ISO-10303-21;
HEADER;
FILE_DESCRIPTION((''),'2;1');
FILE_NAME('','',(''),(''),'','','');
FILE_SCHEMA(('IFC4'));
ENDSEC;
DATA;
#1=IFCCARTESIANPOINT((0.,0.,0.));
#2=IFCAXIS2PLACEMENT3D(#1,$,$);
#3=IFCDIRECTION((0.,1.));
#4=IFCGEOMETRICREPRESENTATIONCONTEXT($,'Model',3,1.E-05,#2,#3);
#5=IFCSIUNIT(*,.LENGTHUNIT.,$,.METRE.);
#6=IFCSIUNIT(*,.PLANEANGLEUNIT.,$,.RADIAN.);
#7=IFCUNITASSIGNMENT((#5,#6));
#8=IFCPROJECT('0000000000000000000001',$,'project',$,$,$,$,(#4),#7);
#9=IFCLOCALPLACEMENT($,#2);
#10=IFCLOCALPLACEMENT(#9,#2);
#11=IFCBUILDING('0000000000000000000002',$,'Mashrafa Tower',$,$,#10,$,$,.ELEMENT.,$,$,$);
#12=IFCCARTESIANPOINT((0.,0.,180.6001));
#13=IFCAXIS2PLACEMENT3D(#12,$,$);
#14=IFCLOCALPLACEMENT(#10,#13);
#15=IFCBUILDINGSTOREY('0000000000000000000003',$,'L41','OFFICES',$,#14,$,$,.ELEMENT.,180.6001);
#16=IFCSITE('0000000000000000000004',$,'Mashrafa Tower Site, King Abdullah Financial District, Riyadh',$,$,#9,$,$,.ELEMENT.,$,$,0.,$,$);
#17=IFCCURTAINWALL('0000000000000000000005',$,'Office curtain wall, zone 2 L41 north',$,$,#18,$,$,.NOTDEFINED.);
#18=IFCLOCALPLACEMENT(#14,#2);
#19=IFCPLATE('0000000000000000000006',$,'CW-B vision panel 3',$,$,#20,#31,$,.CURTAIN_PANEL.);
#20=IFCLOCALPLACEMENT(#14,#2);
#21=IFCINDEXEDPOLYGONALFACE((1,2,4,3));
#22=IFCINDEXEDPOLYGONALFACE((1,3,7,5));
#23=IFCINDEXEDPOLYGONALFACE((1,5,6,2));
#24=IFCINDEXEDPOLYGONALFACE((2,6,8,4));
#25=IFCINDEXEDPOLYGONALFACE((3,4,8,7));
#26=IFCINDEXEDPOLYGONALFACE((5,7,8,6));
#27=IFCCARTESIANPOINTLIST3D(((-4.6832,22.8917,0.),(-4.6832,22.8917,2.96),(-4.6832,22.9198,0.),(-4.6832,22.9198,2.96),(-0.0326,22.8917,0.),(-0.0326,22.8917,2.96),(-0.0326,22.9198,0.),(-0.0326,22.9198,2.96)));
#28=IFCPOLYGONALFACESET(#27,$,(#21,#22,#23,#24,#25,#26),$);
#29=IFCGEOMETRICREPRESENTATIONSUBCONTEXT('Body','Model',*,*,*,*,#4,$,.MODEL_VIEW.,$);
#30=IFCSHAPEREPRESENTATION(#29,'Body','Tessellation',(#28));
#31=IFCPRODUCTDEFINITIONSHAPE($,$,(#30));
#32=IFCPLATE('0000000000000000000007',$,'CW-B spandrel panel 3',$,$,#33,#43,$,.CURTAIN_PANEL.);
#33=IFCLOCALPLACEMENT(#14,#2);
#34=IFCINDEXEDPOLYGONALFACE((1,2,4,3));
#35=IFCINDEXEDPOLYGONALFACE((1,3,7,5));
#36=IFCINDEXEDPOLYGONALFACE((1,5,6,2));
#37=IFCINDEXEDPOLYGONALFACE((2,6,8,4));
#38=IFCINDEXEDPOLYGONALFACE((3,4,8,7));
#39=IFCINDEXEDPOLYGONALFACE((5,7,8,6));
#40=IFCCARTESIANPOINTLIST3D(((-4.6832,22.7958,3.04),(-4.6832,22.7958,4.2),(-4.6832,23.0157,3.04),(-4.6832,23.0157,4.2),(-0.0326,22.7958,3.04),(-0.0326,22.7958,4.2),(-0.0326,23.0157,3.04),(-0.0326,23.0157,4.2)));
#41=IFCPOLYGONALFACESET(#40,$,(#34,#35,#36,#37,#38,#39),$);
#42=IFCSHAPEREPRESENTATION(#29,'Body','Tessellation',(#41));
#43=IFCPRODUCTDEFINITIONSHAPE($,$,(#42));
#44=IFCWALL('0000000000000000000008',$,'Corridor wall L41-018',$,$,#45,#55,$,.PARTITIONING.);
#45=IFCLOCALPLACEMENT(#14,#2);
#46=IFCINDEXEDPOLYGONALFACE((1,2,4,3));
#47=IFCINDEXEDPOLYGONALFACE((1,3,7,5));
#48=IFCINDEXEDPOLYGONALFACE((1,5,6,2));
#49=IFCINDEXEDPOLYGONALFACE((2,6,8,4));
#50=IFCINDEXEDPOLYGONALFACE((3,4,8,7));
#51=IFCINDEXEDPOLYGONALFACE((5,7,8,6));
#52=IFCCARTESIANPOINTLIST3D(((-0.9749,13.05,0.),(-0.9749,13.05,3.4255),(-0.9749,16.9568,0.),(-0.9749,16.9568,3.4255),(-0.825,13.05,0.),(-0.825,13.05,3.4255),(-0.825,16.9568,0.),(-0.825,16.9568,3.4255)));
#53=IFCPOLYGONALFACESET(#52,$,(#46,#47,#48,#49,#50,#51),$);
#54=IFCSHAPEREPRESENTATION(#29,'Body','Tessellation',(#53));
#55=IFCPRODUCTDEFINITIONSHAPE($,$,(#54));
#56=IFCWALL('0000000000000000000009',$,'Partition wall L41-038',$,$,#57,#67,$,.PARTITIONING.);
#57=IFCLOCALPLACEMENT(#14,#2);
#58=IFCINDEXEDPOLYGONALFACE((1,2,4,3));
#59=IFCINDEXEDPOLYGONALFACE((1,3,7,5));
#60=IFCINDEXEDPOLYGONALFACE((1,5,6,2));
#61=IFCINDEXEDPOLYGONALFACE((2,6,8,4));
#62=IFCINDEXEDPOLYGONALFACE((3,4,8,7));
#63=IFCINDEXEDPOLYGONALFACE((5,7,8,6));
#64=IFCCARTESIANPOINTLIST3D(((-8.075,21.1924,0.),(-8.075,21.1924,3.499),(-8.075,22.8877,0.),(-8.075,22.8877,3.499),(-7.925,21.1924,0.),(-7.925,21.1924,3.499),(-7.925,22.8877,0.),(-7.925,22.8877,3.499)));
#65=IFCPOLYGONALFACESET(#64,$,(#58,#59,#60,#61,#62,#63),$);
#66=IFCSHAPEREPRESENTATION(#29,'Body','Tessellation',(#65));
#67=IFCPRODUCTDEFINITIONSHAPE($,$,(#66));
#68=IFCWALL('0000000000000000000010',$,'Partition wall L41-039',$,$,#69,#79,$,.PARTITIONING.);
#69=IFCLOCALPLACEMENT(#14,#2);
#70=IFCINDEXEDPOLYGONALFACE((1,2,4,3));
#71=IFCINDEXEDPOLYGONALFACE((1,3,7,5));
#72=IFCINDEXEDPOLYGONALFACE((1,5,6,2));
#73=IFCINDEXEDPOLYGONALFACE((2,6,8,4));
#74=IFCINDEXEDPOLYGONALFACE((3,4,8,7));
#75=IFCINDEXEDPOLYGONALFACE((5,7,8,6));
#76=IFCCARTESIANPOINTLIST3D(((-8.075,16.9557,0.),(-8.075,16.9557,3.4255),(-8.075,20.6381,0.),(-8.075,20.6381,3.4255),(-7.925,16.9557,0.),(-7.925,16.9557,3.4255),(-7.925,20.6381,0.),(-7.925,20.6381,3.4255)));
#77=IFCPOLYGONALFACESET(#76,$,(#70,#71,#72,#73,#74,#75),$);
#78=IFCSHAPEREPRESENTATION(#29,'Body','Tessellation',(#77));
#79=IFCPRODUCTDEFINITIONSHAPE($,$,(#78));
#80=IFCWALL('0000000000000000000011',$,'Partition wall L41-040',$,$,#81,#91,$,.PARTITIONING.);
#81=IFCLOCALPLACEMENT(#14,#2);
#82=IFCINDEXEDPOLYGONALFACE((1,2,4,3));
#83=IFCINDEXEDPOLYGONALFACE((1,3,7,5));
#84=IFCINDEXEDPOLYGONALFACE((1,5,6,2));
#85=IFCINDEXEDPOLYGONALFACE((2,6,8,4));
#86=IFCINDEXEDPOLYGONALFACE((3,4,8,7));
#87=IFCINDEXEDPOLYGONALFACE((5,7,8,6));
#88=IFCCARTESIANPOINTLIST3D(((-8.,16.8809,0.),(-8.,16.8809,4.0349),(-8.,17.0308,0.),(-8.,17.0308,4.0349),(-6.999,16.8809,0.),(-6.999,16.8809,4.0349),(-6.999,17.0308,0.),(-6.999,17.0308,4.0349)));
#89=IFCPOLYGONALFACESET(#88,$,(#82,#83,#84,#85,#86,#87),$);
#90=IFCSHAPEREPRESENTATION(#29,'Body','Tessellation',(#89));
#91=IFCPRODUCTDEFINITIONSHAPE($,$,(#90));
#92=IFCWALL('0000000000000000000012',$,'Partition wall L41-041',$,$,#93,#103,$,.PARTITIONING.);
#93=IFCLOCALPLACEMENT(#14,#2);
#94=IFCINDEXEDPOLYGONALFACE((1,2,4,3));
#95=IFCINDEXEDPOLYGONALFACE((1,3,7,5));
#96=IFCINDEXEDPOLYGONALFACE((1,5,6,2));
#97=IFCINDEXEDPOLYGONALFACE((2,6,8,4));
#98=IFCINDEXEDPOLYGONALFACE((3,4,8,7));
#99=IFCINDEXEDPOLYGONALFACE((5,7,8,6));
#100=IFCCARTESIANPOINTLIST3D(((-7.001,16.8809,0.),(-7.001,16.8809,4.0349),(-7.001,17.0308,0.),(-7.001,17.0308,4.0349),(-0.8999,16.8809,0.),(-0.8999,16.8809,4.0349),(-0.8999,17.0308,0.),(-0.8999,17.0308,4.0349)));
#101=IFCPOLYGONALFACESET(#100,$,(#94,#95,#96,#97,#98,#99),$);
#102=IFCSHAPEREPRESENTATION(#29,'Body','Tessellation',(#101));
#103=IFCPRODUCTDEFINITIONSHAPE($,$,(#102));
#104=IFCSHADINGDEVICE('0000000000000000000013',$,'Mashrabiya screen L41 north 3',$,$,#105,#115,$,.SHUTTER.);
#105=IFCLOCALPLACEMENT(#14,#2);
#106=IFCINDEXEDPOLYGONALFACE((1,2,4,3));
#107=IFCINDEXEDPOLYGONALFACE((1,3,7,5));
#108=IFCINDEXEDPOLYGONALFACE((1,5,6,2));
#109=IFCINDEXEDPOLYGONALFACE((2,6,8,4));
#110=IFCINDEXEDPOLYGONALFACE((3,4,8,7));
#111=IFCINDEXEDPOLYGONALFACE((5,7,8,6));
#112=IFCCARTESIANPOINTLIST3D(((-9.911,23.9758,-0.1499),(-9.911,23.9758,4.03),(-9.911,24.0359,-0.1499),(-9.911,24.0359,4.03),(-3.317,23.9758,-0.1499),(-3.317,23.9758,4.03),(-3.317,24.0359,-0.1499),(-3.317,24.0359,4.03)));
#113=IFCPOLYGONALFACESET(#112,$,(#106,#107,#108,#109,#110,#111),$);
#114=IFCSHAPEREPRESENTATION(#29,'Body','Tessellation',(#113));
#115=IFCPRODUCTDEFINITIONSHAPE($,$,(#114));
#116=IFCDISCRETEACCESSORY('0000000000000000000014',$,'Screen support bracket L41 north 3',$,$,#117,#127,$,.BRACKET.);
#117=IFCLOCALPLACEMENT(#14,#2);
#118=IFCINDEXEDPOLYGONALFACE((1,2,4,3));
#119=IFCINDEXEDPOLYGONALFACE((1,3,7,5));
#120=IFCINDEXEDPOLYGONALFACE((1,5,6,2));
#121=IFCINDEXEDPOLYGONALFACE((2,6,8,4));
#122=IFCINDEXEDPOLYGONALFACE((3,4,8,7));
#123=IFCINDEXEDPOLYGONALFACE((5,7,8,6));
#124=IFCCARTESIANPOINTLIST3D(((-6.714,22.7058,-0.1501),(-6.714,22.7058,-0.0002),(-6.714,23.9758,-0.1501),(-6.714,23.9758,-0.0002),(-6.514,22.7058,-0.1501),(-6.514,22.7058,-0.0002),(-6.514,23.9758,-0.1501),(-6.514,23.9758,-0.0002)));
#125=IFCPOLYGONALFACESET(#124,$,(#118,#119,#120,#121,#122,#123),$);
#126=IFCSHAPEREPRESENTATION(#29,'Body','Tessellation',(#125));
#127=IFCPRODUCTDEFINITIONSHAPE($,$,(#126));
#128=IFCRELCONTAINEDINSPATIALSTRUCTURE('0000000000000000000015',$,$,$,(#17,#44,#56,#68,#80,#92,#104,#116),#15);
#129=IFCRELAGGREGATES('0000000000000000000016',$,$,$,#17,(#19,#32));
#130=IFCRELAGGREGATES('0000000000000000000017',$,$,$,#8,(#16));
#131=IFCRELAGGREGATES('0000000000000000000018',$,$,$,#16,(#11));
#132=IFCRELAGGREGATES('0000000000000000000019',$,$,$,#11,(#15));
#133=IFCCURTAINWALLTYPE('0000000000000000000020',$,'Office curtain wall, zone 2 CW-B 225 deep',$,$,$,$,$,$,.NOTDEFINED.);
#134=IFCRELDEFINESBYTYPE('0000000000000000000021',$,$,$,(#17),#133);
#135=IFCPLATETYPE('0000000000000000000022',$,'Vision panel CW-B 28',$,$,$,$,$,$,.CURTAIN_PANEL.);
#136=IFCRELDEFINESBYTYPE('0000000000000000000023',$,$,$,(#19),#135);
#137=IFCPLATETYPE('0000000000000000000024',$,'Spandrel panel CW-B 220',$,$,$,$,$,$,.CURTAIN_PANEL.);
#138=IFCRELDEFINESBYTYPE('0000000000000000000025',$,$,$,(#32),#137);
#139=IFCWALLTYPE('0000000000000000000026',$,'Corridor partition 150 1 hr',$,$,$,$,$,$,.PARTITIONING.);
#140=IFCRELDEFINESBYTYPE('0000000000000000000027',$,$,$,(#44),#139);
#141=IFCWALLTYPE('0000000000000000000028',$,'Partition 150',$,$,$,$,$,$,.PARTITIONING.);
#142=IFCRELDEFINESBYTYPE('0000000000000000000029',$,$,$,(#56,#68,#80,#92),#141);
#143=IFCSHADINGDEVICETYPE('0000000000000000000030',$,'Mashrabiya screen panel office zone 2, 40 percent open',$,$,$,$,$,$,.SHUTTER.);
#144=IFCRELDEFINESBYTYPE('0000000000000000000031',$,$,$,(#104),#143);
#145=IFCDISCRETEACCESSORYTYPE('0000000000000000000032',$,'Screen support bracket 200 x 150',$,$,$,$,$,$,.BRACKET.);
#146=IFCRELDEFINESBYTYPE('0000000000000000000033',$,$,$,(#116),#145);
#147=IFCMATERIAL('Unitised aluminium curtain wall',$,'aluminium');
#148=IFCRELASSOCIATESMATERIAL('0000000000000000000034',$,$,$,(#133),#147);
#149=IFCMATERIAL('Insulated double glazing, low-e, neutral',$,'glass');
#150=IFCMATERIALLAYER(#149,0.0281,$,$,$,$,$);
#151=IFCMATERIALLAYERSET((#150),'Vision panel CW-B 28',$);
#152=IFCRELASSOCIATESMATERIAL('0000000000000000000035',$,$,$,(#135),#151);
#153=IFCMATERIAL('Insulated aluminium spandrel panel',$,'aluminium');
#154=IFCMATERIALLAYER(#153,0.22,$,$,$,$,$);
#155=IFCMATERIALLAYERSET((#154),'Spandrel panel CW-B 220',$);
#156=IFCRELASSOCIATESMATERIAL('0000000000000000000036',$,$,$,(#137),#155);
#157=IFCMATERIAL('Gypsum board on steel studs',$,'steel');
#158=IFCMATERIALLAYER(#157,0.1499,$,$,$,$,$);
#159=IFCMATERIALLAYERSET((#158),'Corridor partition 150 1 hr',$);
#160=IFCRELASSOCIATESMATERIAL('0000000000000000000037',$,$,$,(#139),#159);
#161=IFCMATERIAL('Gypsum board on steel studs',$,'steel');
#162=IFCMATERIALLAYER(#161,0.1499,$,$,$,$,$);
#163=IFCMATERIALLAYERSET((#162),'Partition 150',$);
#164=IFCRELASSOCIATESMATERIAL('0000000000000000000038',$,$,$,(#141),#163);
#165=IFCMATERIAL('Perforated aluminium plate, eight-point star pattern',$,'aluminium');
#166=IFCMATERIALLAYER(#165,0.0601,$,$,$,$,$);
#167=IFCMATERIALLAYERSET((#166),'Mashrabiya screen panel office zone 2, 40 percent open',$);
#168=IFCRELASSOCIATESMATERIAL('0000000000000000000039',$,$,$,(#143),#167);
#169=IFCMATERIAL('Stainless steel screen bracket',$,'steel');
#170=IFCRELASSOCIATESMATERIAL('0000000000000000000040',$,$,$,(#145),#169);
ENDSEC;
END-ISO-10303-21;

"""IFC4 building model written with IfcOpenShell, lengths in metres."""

from ifc_helpers import new_model, si_unit, direction, frame, frame_2d, origin, origin_2d, place, context, subcontext, project, spatial, rectangle, extrude, source, transform, mapped, material, layer, layer_set, type_object, type_shapes, element, aggregate, save


model = new_model("IFC4")

# Units and contexts
model_context = context("Model", 3, precision=1e-05, world=origin(), true_north=direction((0.0, 1.0)))
body_context = subcontext(model_context, "Body", "Model", "MODEL_VIEW")
ifc_project = project(units=[si_unit("LENGTHUNIT", "METRE"), si_unit("PLANEANGLEUNIT", "RADIAN")], contexts=[model_context])

# Site, building, storey
site_placement = place(None, origin())
site = spatial("IfcSite", under=ifc_project, at=site_placement, Name="Mashrafa Tower Site, King Abdullah Financial District, Riyadh", CompositionType="ELEMENT", RefElevation=0.0)
building_placement = place(site_placement, origin())
building = spatial("IfcBuilding", under=site, at=building_placement, Name="Mashrafa Tower", CompositionType="ELEMENT")
storey_placement = place(building_placement, frame((0.0, 0.0, 180.6001)))
storey = spatial("IfcBuildingStorey", under=building, at=storey_placement, Name="L41", Description="OFFICES", CompositionType="ELEMENT", Elevation=180.6001)

# Curtain wall
ifc_material_1 = material(Name="Unitised aluminium curtain wall", Category="aluminium")
curtain_wall_type = type_object("IfcCurtainWallType", Name="Office curtain wall, zone 2 CW-B 225 deep", PredefinedType="NOTDEFINED", material=ifc_material_1)
curtain_wall_1_placement = place(storey_placement, origin())
curtain_wall_1 = element("IfcCurtainWall", 1, at=curtain_wall_1_placement, inside=storey, type_object=curtain_wall_type, Name="Office curtain wall, zone 2 L41 north", PredefinedType="NOTDEFINED")

# Plates
ifc_material_2 = material(Name="Insulated double glazing, low-e, neutral", Category="glass")
ifc_layer_1 = layer(ifc_material_2, 0.0281)
ifc_layer_set_1 = layer_set([ifc_layer_1], Name="Vision panel CW-B 28")
plate_type_1 = type_object("IfcPlateType", Name="Vision panel CW-B 28", PredefinedType="CURTAIN_PANEL", material=ifc_layer_set_1)
ifc_material_3 = material(Name="Insulated aluminium spandrel panel", Category="aluminium")
ifc_layer_2 = layer(ifc_material_3, 0.22)
ifc_layer_set_2 = layer_set([ifc_layer_2], Name="Spandrel panel CW-B 220")
plate_type_2 = type_object("IfcPlateType", Name="Spandrel panel CW-B 220", PredefinedType="CURTAIN_PANEL", material=ifc_layer_set_2)
shared_shape_1 = source(origin(), body_context, "Body", "SweptSolid", [
    extrude(rectangle(XDim=4.6506, YDim=0.0281, at=origin_2d()), origin(), (0.0, 0.0, 1.0), 2.96),
])
plate_1_placement = place(storey_placement, frame((-2.3579, 22.9058, 0.0), z_axis=(0.0, 0.0, 1.0), x_axis=(-1.0, 0.0, 0.0)))
plate_1 = element("IfcPlate", 2, at=plate_1_placement, type_object=plate_type_1, Name="CW-B vision panel 3", PredefinedType="CURTAIN_PANEL", context=body_context, shape_type="MappedRepresentation", body=[
    mapped(shared_shape_1, transform((0.0, 0.0, 0.0))),
])
shared_shape_2 = source(origin(), body_context, "Body", "SweptSolid", [
    extrude(rectangle(XDim=4.6506, YDim=0.22, at=origin_2d()), origin(), (0.0, 0.0, 1.0), 1.1599),
])
plate_2_placement = place(storey_placement, frame((-2.3579, 22.9058, 3.04), z_axis=(0.0, 0.0, 1.0), x_axis=(-1.0, 0.0, 0.0)))
plate_2 = element("IfcPlate", 3, at=plate_2_placement, type_object=plate_type_2, Name="CW-B spandrel panel 3", PredefinedType="CURTAIN_PANEL", context=body_context, shape_type="MappedRepresentation", body=[
    mapped(shared_shape_2, transform((0.0, 0.0, 0.0))),
])
aggregate(curtain_wall_1, [plate_1, plate_2])

# Shared definitions
ifc_material_4 = material(Name="Gypsum board on steel studs", Category="steel")
ifc_layer_3 = layer(ifc_material_4, 0.1499)
ifc_layer_set_3 = layer_set([ifc_layer_3], Name="Corridor partition 150 1 hr")
wall_type_1 = type_object("IfcWallType", Name="Corridor partition 150 1 hr", PredefinedType="PARTITIONING", material=ifc_layer_set_3)

# Wall
wall_1_placement = place(storey_placement, frame((-0.8999, 16.9568, 0.0), z_axis=(0.0, 0.0, 1.0), x_axis=(0.0, -1.0, 0.0)))
element("IfcWall", 4, at=wall_1_placement, inside=storey, type_object=wall_type_1, Name="Corridor wall L41-018", PredefinedType="PARTITIONING", context=body_context, shape_type="SweptSolid", body=[
    extrude(rectangle(XDim=3.9067, YDim=0.1499, at=frame_2d((1.9534, 0.0))), origin(), (0.0, 0.0, 1.0), 3.4255),
])

# Walls
ifc_material_5 = material(Name="Gypsum board on steel studs", Category="steel")
ifc_layer_4 = layer(ifc_material_5, 0.1499)
ifc_layer_set_4 = layer_set([ifc_layer_4], Name="Partition 150")
wall_type_2 = type_object("IfcWallType", Name="Partition 150", PredefinedType="PARTITIONING", material=ifc_layer_set_4)
wall_2_placement = place(storey_placement, frame((-8.0, 22.8877, 0.0), z_axis=(0.0, 0.0, 1.0), x_axis=(0.0, -1.0, 0.0)))
element("IfcWall", 5, at=wall_2_placement, inside=storey, type_object=wall_type_2, Name="Partition wall L41-038", PredefinedType="PARTITIONING", context=body_context, shape_type="SweptSolid", body=[
    extrude(rectangle(XDim=1.6953, YDim=0.1499, at=frame_2d((0.8477, 0.0))), origin(), (0.0, 0.0, 1.0), 3.499),
])
wall_3_placement = place(storey_placement, frame((-8.0, 20.6382, 0.0), z_axis=(0.0, 0.0, 1.0), x_axis=(0.0, -1.0, 0.0)))
element("IfcWall", 6, at=wall_3_placement, inside=storey, type_object=wall_type_2, Name="Partition wall L41-039", PredefinedType="PARTITIONING", context=body_context, shape_type="SweptSolid", body=[
    extrude(rectangle(XDim=3.6824, YDim=0.1499, at=frame_2d((1.8413, 0.0))), origin(), (0.0, 0.0, 1.0), 3.4255),
])
wall_4_placement = place(storey_placement, frame((-8.0, 16.9558, 0.0), z_axis=(0.0, 0.0, 1.0), x_axis=(1.0, 0.0, 0.0)))
element("IfcWall", 7, at=wall_4_placement, inside=storey, type_object=wall_type_2, Name="Partition wall L41-040", PredefinedType="PARTITIONING", context=body_context, shape_type="SweptSolid", body=[
    extrude(rectangle(XDim=1.001, YDim=0.1499, at=frame_2d((0.5005, 0.0))), origin(), (0.0, 0.0, 1.0), 4.0349),
])
wall_5_placement = place(storey_placement, frame((-7.001, 16.9558, 0.0), z_axis=(0.0, 0.0, 1.0), x_axis=(1.0, 0.0, 0.0)))
element("IfcWall", 8, at=wall_5_placement, inside=storey, type_object=wall_type_2, Name="Partition wall L41-041", PredefinedType="PARTITIONING", context=body_context, shape_type="SweptSolid", body=[
    extrude(rectangle(XDim=6.1011, YDim=0.1499, at=frame_2d((3.0505, 0.0))), origin(), (0.0, 0.0, 1.0), 4.0349),
])

# Shading device
ifc_material_6 = material(Name="Perforated aluminium plate, eight-point star pattern", Category="aluminium")
ifc_layer_5 = layer(ifc_material_6, 0.0601)
ifc_layer_set_5 = layer_set([ifc_layer_5], Name="Mashrabiya screen panel office zone 2, 40 percent open")
shading_device_type = type_object("IfcShadingDeviceType", Name="Mashrabiya screen panel office zone 2, 40 percent open", PredefinedType="SHUTTER", material=ifc_layer_set_5)
shared_shape_3 = source(origin(), body_context, "Body", "SweptSolid", [
    extrude(rectangle(XDim=6.594, YDim=0.0601, at=origin_2d()), origin(), (0.0, 0.0, 1.0), 4.1799),
])
type_shapes(shading_device_type, [shared_shape_3])
shading_device_placement = place(storey_placement, frame((-6.614, 24.0059, -0.1499), z_axis=(0.0, 0.0, 1.0), x_axis=(-1.0, 0.0, 0.0)))
element("IfcShadingDevice", 9, at=shading_device_placement, inside=storey, type_object=shading_device_type, Name="Mashrabiya screen L41 north 3", PredefinedType="SHUTTER", context=body_context, shape_type="MappedRepresentation", body=[
    mapped(shared_shape_3, transform((0.0, 0.0, 0.0))),
])

# Discrete accessory
ifc_material_7 = material(Name="Stainless steel screen bracket", Category="steel")
discrete_accessory_type = type_object("IfcDiscreteAccessoryType", Name="Screen support bracket 200 x 150", PredefinedType="BRACKET", material=ifc_material_7)
shared_shape_4 = source(origin(), body_context, "Body", "SweptSolid", [
    extrude(rectangle(XDim=0.2, YDim=1.27, at=origin_2d()), origin(), (0.0, 0.0, 1.0), 0.1499),
])
type_shapes(discrete_accessory_type, [shared_shape_4])
discrete_accessory_placement = place(storey_placement, frame((-6.614, 23.3408, -0.1501), z_axis=(0.0, 0.0, 1.0), x_axis=(-1.0, 0.0, 0.0)))
element("IfcDiscreteAccessory", 10, at=discrete_accessory_placement, inside=storey, type_object=discrete_accessory_type, Name="Screen support bracket L41 north 3", PredefinedType="BRACKET", context=body_context, shape_type="MappedRepresentation", body=[
    mapped(shared_shape_4, transform((0.0, 0.0, 0.0))),
])

save(model, "model.ifc")
